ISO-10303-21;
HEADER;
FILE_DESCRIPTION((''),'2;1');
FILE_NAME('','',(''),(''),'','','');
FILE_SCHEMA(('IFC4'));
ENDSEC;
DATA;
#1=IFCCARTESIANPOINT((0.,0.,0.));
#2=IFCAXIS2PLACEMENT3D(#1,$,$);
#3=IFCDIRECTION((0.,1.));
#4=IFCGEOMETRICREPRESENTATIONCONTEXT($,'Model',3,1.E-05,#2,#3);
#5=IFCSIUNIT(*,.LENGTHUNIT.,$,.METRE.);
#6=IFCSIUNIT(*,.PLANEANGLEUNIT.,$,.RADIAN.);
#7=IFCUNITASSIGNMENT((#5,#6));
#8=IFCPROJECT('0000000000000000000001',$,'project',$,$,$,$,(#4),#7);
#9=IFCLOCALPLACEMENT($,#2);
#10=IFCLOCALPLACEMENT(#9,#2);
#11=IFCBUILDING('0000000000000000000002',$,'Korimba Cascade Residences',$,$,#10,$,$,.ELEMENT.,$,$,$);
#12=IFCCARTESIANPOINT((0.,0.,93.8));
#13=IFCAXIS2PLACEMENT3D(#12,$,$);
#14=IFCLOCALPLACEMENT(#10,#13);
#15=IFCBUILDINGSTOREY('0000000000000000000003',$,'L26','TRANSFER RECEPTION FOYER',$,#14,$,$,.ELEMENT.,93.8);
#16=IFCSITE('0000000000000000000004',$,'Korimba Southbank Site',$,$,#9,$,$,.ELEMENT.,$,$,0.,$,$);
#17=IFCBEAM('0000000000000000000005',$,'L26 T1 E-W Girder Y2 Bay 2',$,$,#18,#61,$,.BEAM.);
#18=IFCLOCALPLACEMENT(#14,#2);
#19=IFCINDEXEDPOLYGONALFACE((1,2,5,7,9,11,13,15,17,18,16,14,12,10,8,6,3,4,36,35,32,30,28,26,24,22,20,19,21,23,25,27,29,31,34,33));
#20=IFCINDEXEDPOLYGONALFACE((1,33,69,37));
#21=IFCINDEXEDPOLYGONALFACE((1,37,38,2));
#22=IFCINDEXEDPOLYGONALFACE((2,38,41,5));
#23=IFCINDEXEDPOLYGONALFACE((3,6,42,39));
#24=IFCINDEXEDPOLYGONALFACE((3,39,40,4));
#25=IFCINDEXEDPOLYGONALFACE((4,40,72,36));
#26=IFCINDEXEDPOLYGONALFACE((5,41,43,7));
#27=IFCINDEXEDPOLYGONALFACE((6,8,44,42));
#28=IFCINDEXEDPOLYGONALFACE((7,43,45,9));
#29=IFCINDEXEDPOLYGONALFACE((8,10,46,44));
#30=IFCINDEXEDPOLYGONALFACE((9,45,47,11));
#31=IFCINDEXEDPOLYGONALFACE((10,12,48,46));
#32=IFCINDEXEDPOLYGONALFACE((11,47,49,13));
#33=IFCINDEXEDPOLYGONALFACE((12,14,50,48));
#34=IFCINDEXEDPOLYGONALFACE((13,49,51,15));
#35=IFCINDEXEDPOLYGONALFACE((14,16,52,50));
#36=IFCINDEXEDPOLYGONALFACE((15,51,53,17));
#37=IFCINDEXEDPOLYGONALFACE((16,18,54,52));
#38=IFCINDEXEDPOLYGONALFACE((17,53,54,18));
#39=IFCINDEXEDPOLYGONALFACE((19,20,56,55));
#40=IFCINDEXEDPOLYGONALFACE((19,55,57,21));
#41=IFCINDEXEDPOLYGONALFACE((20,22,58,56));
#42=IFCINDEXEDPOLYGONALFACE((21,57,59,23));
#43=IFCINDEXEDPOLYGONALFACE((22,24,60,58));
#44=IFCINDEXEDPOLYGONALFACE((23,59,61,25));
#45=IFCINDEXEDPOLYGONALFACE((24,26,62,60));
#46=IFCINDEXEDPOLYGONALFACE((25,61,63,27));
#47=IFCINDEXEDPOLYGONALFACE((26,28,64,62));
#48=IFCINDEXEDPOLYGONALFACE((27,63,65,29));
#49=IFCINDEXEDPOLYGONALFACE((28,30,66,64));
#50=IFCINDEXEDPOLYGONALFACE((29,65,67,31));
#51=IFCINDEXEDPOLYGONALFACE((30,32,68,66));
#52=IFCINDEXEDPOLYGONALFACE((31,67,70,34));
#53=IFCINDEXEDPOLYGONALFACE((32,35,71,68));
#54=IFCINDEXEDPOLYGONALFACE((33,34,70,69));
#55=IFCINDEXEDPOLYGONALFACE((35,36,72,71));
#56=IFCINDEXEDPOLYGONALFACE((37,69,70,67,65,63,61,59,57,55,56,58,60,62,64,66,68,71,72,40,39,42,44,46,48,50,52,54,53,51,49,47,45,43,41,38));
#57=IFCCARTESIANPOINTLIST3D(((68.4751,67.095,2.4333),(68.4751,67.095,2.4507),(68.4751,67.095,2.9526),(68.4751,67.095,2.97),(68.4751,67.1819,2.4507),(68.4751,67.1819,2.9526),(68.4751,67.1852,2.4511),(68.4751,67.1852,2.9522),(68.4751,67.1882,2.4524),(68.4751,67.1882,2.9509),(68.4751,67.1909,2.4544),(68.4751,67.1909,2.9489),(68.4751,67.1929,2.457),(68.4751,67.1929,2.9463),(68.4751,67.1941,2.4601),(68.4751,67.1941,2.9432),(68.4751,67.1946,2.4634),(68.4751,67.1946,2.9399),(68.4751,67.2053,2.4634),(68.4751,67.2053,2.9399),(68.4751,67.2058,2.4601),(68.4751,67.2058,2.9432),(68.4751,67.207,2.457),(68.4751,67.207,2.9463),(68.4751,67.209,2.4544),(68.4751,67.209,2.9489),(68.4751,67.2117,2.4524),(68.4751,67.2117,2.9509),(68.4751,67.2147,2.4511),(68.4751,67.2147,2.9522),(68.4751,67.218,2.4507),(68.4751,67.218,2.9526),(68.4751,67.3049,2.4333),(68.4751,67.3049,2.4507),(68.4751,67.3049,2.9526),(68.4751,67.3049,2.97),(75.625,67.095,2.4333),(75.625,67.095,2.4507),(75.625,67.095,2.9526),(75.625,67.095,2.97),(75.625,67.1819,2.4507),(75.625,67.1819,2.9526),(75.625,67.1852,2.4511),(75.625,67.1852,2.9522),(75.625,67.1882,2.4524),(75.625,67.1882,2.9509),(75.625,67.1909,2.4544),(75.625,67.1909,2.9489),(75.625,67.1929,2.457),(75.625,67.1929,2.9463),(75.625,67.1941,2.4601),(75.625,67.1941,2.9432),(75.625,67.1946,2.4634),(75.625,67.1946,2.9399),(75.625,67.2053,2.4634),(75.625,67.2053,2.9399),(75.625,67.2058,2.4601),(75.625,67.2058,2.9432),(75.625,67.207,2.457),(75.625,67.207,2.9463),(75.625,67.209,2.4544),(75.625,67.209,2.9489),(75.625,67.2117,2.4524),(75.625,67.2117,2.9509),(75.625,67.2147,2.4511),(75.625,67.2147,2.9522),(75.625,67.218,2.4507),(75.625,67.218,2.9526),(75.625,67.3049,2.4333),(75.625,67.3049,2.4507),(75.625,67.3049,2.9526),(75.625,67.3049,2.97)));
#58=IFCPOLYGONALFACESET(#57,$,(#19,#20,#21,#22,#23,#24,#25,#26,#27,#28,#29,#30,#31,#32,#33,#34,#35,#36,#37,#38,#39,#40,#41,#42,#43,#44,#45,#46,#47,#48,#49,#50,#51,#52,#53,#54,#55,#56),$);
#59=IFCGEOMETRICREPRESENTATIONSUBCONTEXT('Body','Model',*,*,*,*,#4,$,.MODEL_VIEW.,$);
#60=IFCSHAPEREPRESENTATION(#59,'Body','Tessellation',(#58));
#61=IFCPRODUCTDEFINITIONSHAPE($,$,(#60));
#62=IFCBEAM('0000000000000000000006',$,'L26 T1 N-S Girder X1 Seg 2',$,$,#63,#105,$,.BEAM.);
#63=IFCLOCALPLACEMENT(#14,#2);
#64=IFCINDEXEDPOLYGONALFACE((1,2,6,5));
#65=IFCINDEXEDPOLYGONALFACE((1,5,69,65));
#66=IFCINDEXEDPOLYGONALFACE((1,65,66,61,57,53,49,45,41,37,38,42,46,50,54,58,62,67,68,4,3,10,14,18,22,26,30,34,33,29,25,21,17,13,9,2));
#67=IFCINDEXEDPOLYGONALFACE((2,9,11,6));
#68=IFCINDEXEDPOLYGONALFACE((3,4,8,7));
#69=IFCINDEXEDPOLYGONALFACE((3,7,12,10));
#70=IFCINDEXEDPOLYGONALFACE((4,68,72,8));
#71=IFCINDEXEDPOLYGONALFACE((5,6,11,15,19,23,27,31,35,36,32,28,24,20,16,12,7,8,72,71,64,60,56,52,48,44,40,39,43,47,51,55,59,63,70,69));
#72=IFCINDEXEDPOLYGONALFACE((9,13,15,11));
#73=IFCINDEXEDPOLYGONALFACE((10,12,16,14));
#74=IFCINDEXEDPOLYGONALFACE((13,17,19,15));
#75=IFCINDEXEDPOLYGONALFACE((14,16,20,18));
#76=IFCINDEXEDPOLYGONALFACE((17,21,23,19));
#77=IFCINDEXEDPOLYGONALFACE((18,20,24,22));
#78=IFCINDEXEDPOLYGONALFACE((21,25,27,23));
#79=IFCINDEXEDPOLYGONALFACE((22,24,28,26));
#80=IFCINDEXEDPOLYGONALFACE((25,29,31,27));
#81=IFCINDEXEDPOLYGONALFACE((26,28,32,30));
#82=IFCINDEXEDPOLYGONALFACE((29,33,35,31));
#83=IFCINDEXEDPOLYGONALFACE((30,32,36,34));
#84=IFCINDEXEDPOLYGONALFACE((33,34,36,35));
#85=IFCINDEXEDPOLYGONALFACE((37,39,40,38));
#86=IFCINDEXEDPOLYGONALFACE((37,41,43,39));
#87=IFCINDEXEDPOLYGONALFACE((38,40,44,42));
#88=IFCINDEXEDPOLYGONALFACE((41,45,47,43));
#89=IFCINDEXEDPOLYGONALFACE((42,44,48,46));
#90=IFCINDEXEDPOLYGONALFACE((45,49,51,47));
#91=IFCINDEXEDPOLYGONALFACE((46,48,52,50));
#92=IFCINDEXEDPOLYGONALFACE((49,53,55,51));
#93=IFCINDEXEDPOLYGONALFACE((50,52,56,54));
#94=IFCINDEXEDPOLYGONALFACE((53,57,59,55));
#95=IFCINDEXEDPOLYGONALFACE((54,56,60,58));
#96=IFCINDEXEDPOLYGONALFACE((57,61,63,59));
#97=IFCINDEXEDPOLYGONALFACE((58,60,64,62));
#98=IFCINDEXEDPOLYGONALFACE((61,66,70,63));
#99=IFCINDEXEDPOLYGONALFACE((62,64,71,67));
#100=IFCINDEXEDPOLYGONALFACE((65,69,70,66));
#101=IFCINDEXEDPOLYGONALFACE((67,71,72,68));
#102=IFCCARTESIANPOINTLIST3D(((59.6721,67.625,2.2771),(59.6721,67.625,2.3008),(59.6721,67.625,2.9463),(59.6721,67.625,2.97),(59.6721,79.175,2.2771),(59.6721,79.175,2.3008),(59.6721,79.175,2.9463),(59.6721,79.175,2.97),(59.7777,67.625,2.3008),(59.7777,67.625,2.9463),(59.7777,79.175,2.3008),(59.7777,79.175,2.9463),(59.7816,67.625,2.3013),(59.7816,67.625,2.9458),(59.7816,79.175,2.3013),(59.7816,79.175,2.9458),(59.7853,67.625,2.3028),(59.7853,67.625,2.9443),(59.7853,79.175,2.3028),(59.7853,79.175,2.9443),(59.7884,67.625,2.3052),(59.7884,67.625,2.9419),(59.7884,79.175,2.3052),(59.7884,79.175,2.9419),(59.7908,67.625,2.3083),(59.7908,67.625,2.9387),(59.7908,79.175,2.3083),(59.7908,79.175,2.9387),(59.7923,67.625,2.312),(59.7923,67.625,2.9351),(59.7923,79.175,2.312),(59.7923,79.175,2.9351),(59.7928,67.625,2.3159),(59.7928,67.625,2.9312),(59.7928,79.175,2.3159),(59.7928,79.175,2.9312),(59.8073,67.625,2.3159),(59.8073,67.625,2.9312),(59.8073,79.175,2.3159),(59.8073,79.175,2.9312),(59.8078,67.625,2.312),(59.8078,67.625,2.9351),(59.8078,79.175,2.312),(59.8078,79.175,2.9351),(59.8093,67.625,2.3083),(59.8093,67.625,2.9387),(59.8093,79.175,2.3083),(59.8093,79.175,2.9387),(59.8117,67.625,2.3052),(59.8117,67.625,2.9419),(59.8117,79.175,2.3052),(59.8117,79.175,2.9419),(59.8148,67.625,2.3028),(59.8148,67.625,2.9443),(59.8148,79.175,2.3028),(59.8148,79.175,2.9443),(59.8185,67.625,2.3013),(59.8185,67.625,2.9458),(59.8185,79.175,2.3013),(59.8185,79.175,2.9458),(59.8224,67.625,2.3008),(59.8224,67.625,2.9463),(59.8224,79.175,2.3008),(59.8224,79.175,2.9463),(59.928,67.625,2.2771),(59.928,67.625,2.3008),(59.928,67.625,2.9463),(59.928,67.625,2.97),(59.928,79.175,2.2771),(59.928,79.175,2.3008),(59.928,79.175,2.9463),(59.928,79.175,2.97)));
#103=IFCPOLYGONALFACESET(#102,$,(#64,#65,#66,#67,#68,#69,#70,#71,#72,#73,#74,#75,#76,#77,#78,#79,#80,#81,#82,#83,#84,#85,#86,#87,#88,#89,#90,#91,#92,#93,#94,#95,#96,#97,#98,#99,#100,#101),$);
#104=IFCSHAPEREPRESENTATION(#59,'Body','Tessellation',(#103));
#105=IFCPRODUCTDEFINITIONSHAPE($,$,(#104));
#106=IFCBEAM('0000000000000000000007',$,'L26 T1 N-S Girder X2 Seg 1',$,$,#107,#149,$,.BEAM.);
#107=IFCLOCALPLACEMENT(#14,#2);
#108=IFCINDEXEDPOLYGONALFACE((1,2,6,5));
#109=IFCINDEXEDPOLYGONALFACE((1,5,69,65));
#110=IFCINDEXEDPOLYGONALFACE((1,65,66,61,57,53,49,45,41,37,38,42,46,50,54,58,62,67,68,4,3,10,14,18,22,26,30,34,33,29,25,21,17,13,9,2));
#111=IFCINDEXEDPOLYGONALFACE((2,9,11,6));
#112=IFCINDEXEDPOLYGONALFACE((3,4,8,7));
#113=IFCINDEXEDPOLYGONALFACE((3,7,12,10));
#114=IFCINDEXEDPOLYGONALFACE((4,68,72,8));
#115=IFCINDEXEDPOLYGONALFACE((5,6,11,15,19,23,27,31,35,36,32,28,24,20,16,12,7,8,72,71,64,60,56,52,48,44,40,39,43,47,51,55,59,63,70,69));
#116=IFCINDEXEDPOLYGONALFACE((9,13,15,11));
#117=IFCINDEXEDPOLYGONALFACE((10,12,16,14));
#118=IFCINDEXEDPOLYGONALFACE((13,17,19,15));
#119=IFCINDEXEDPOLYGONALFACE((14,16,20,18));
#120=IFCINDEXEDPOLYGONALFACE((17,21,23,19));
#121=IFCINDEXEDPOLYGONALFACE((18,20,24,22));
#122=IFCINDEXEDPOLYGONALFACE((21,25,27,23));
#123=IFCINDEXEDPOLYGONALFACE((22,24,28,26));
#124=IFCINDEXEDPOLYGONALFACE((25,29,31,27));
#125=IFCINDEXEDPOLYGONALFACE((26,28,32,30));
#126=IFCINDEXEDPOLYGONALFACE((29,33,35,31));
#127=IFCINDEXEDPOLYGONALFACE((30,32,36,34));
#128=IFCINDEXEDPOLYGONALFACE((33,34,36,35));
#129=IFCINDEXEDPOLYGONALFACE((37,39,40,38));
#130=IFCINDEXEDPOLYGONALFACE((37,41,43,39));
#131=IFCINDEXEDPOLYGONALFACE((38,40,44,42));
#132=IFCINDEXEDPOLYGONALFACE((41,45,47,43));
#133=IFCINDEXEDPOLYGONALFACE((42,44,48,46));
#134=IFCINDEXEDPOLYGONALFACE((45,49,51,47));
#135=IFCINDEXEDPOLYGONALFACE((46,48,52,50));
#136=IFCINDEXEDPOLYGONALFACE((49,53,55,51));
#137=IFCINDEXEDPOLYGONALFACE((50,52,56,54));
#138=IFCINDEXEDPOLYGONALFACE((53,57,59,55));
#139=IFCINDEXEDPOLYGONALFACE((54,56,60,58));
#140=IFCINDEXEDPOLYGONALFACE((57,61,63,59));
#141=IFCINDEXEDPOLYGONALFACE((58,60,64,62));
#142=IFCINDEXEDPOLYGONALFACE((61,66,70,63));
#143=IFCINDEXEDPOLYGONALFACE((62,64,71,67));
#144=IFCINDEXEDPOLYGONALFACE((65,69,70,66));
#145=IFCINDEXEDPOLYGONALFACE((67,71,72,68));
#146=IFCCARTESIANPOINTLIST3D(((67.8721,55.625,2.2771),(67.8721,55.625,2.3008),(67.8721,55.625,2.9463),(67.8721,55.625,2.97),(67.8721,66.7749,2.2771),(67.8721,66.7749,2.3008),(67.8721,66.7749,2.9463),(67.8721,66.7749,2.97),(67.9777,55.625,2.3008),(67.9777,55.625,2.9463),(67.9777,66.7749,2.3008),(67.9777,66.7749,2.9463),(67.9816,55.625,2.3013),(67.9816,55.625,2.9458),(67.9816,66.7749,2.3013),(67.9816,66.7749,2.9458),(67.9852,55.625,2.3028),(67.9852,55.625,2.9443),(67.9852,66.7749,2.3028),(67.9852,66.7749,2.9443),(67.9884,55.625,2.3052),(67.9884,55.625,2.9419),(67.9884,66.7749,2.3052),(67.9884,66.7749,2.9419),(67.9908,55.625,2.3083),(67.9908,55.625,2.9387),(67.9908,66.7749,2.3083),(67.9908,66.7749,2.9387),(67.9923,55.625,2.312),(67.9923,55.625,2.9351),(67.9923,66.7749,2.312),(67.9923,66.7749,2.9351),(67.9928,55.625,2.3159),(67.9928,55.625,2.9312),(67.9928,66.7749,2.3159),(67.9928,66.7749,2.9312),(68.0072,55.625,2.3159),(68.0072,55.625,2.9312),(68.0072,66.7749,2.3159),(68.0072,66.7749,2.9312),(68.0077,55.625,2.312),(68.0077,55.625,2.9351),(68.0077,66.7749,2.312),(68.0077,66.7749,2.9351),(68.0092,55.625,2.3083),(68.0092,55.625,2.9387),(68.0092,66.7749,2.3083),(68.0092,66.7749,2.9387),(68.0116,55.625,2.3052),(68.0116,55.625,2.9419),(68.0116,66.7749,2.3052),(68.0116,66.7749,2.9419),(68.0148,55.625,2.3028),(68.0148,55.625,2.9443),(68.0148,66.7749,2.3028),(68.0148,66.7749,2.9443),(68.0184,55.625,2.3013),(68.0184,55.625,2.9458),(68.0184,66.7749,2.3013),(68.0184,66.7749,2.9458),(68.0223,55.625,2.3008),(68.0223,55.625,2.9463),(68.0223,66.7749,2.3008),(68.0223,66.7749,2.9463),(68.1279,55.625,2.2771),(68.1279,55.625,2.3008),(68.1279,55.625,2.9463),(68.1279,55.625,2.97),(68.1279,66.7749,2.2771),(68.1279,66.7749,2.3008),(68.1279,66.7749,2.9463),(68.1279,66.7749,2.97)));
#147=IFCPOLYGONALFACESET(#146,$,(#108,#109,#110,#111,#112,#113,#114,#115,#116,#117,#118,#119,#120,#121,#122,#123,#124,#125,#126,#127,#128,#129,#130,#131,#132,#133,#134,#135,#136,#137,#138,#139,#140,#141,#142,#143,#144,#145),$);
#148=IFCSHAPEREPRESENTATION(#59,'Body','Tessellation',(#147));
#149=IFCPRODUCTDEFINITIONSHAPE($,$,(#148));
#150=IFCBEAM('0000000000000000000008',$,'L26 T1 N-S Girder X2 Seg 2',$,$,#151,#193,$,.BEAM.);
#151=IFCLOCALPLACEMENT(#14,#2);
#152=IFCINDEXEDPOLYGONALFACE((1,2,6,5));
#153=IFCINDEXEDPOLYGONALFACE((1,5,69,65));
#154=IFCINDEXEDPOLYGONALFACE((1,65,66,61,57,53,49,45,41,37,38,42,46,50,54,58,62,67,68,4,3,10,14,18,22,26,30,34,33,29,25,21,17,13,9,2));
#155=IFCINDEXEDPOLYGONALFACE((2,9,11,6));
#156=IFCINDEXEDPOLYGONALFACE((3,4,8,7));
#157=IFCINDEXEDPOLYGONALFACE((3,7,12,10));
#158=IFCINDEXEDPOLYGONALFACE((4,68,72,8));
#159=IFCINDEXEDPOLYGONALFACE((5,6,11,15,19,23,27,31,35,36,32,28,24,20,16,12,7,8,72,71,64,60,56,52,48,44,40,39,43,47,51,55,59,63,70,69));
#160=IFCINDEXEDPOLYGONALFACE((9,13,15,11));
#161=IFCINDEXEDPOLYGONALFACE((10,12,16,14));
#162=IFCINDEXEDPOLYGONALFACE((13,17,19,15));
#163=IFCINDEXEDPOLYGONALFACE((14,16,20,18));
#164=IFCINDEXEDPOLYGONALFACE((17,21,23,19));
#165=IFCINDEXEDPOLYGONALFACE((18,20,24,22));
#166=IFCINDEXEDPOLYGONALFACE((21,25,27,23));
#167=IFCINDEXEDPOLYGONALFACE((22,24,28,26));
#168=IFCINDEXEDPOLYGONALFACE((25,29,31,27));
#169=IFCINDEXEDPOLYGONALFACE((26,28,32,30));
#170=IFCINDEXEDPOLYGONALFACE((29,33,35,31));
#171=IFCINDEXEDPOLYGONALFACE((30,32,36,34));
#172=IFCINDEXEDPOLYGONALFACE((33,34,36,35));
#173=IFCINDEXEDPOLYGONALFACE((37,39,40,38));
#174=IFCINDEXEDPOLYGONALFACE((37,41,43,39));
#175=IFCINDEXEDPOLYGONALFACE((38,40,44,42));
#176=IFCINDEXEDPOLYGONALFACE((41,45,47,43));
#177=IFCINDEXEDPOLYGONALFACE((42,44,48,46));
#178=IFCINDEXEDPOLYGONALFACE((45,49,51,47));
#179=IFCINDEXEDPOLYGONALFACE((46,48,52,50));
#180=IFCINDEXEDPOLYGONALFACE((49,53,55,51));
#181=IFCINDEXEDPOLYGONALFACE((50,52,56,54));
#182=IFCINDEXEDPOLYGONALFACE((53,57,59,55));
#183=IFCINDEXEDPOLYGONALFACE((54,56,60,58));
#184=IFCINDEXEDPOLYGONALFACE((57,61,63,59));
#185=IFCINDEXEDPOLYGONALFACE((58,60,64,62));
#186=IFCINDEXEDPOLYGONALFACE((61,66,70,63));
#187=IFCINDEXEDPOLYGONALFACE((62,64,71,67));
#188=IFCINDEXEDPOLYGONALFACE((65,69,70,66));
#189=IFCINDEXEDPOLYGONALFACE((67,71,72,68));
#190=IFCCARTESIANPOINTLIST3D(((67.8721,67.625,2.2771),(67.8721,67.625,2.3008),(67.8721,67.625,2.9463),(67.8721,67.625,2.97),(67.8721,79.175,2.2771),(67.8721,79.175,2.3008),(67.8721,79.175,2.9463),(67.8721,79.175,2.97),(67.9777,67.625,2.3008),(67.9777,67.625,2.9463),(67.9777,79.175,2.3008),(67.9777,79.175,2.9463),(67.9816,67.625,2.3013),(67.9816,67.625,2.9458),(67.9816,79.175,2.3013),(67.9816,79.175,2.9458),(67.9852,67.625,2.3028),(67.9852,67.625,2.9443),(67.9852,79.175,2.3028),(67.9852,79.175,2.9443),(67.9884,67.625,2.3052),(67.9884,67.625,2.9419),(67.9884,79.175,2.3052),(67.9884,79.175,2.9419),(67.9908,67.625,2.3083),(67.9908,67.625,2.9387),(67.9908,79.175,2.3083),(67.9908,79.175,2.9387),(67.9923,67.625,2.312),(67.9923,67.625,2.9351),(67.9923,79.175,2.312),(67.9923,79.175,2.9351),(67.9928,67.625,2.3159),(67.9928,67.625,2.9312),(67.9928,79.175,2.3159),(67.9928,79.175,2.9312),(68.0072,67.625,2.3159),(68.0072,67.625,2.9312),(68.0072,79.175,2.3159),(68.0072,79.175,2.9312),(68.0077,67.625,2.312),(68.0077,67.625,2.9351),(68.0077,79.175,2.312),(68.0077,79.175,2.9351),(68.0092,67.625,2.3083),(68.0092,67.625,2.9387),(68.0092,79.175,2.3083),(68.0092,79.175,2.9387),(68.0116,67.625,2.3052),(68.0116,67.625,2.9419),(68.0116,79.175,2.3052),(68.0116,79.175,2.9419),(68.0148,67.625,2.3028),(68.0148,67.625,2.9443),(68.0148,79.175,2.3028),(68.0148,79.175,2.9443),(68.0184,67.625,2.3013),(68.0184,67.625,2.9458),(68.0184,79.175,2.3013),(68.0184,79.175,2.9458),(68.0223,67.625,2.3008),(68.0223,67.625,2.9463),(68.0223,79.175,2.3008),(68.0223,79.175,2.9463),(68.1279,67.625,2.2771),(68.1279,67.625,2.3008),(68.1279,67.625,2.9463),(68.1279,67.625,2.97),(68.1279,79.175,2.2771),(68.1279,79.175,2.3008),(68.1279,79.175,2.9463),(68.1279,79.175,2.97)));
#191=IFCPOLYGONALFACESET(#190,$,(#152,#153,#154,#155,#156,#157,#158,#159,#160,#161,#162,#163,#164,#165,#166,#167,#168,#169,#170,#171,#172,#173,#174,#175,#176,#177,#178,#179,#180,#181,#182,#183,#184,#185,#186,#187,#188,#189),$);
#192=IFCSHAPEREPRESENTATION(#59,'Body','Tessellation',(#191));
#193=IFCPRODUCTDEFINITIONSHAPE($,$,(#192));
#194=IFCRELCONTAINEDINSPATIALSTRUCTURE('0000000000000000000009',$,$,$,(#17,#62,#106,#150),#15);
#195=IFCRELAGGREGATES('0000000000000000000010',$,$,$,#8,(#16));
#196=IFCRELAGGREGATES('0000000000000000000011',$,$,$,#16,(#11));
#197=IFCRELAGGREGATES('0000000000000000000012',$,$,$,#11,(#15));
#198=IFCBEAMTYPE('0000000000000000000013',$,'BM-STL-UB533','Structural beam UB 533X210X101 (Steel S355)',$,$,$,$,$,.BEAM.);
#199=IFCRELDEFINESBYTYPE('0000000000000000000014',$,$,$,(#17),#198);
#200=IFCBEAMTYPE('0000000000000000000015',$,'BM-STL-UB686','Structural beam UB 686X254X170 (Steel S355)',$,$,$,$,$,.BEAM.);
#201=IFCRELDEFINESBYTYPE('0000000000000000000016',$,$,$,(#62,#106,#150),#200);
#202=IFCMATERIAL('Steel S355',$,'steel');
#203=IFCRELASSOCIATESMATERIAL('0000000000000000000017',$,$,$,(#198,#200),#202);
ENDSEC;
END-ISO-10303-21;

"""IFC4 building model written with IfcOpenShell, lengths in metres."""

from ifc_helpers import new_model, si_unit, direction, frame, origin, origin_2d, place, context, subcontext, project, spatial, i_section, extrude, material, material_profile, profile_set, type_object, element, save


model = new_model("IFC4")

# Units and contexts
model_context = context("Model", 3, precision=1e-05, world=origin(), true_north=direction((0.0, 1.0)))
body_context = subcontext(model_context, "Body", "Model", "MODEL_VIEW")
ifc_project = project(units=[si_unit("LENGTHUNIT", "METRE"), si_unit("PLANEANGLEUNIT", "RADIAN")], contexts=[model_context])

# Site, building, storey
site_placement = place(None, origin())
site = spatial("IfcSite", under=ifc_project, at=site_placement, Name="Korimba Southbank Site", CompositionType="ELEMENT", RefElevation=0.0)
building_placement = place(site_placement, origin())
building = spatial("IfcBuilding", under=site, at=building_placement, Name="Korimba Cascade Residences", CompositionType="ELEMENT")
storey_placement = place(building_placement, frame((0.0, 0.0, 93.8)))
storey = spatial("IfcBuildingStorey", under=building, at=storey_placement, Name="L26", Description="TRANSFER RECEPTION FOYER", CompositionType="ELEMENT", Elevation=93.8)

# Beams
ifc_material_1 = material(Name="Steel S355", Category="steel")
ifc_material_profile_1 = material_profile(ifc_material_1, i_section(OverallWidth=0.21, OverallDepth=0.5366, WebThickness=0.0107, FlangeThickness=0.0173, FilletRadius=0.0127, at=origin_2d()), Name="Steel S355")
ifc_profile_set_1 = profile_set([ifc_material_profile_1], Name="Steel S355")
beam_type_1 = type_object("IfcBeamType", Name="BM-STL-UB533", Description="Structural beam UB 533X210X101 (Steel S355)", PredefinedType="BEAM", material=ifc_profile_set_1)
beam_1_placement = place(storey_placement, frame((68.4751, 67.2, 2.7017), z_axis=(1.0, 0.0, 0.0), x_axis=(0.0, 1.0, 0.0)))
element("IfcBeam", 1, at=beam_1_placement, inside=storey, type_object=beam_type_1, Name="L26 T1 E-W Girder Y2 Bay 2", PredefinedType="BEAM", context=body_context, shape_type="SweptSolid", body=[
    extrude(i_section(OverallWidth=0.21, OverallDepth=0.5366, WebThickness=0.0107, FlangeThickness=0.0173, FilletRadius=0.0127, at=origin_2d()), origin(), (0.0, 0.0, 1.0), 7.1499),
])
ifc_material_profile_2 = material_profile(ifc_material_1, i_section(OverallWidth=0.2559, OverallDepth=0.6929, WebThickness=0.0144, FlangeThickness=0.0237, FilletRadius=0.0151, at=origin_2d()), Name="Steel S355")
ifc_profile_set_2 = profile_set([ifc_material_profile_2], Name="Steel S355")
beam_type_2 = type_object("IfcBeamType", Name="BM-STL-UB686", Description="Structural beam UB 686X254X170 (Steel S355)", PredefinedType="BEAM", material=ifc_profile_set_2)
beam_2_placement = place(storey_placement, frame((59.8, 67.625, 2.6235), z_axis=(0.0, 1.0, 0.0), x_axis=(-1.0, 0.0, 0.0)))
element("IfcBeam", 2, at=beam_2_placement, inside=storey, type_object=beam_type_2, Name="L26 T1 N-S Girder X1 Seg 2", PredefinedType="BEAM", context=body_context, shape_type="SweptSolid", body=[
    extrude(i_section(OverallWidth=0.2559, OverallDepth=0.6929, WebThickness=0.0144, FlangeThickness=0.0237, FilletRadius=0.0151, at=origin_2d()), origin(), (0.0, 0.0, 1.0), 11.55),
])
beam_3_placement = place(storey_placement, frame((68.0, 55.625, 2.6235), z_axis=(0.0, 1.0, 0.0), x_axis=(-1.0, 0.0, 0.0)))
element("IfcBeam", 3, at=beam_3_placement, inside=storey, type_object=beam_type_2, Name="L26 T1 N-S Girder X2 Seg 1", PredefinedType="BEAM", context=body_context, shape_type="SweptSolid", body=[
    extrude(i_section(OverallWidth=0.2559, OverallDepth=0.6929, WebThickness=0.0144, FlangeThickness=0.0237, FilletRadius=0.0151, at=origin_2d()), origin(), (0.0, 0.0, 1.0), 11.1499),
])
for number, where, z_axis, x_axis, name in (
    (4, (68.0, 67.625, 2.6235), (0.0, 1.0, 0.0), (-1.0, 0.0, 0.0), "L26 T1 N-S Girder X2 Seg 2"),
):
    element("IfcBeam", number, at=place(storey_placement, frame(where, z_axis=z_axis, x_axis=x_axis)), inside=storey, type_object=beam_type_2, Name=name, PredefinedType="BEAM", context=body_context, shape_type="SweptSolid", body=[
        extrude(i_section(OverallWidth=0.2559, OverallDepth=0.6929, WebThickness=0.0144, FlangeThickness=0.0237, FilletRadius=0.0151, at=origin_2d()), origin(), (0.0, 0.0, 1.0), 11.55),
    ])

save(model, "model.ifc")
